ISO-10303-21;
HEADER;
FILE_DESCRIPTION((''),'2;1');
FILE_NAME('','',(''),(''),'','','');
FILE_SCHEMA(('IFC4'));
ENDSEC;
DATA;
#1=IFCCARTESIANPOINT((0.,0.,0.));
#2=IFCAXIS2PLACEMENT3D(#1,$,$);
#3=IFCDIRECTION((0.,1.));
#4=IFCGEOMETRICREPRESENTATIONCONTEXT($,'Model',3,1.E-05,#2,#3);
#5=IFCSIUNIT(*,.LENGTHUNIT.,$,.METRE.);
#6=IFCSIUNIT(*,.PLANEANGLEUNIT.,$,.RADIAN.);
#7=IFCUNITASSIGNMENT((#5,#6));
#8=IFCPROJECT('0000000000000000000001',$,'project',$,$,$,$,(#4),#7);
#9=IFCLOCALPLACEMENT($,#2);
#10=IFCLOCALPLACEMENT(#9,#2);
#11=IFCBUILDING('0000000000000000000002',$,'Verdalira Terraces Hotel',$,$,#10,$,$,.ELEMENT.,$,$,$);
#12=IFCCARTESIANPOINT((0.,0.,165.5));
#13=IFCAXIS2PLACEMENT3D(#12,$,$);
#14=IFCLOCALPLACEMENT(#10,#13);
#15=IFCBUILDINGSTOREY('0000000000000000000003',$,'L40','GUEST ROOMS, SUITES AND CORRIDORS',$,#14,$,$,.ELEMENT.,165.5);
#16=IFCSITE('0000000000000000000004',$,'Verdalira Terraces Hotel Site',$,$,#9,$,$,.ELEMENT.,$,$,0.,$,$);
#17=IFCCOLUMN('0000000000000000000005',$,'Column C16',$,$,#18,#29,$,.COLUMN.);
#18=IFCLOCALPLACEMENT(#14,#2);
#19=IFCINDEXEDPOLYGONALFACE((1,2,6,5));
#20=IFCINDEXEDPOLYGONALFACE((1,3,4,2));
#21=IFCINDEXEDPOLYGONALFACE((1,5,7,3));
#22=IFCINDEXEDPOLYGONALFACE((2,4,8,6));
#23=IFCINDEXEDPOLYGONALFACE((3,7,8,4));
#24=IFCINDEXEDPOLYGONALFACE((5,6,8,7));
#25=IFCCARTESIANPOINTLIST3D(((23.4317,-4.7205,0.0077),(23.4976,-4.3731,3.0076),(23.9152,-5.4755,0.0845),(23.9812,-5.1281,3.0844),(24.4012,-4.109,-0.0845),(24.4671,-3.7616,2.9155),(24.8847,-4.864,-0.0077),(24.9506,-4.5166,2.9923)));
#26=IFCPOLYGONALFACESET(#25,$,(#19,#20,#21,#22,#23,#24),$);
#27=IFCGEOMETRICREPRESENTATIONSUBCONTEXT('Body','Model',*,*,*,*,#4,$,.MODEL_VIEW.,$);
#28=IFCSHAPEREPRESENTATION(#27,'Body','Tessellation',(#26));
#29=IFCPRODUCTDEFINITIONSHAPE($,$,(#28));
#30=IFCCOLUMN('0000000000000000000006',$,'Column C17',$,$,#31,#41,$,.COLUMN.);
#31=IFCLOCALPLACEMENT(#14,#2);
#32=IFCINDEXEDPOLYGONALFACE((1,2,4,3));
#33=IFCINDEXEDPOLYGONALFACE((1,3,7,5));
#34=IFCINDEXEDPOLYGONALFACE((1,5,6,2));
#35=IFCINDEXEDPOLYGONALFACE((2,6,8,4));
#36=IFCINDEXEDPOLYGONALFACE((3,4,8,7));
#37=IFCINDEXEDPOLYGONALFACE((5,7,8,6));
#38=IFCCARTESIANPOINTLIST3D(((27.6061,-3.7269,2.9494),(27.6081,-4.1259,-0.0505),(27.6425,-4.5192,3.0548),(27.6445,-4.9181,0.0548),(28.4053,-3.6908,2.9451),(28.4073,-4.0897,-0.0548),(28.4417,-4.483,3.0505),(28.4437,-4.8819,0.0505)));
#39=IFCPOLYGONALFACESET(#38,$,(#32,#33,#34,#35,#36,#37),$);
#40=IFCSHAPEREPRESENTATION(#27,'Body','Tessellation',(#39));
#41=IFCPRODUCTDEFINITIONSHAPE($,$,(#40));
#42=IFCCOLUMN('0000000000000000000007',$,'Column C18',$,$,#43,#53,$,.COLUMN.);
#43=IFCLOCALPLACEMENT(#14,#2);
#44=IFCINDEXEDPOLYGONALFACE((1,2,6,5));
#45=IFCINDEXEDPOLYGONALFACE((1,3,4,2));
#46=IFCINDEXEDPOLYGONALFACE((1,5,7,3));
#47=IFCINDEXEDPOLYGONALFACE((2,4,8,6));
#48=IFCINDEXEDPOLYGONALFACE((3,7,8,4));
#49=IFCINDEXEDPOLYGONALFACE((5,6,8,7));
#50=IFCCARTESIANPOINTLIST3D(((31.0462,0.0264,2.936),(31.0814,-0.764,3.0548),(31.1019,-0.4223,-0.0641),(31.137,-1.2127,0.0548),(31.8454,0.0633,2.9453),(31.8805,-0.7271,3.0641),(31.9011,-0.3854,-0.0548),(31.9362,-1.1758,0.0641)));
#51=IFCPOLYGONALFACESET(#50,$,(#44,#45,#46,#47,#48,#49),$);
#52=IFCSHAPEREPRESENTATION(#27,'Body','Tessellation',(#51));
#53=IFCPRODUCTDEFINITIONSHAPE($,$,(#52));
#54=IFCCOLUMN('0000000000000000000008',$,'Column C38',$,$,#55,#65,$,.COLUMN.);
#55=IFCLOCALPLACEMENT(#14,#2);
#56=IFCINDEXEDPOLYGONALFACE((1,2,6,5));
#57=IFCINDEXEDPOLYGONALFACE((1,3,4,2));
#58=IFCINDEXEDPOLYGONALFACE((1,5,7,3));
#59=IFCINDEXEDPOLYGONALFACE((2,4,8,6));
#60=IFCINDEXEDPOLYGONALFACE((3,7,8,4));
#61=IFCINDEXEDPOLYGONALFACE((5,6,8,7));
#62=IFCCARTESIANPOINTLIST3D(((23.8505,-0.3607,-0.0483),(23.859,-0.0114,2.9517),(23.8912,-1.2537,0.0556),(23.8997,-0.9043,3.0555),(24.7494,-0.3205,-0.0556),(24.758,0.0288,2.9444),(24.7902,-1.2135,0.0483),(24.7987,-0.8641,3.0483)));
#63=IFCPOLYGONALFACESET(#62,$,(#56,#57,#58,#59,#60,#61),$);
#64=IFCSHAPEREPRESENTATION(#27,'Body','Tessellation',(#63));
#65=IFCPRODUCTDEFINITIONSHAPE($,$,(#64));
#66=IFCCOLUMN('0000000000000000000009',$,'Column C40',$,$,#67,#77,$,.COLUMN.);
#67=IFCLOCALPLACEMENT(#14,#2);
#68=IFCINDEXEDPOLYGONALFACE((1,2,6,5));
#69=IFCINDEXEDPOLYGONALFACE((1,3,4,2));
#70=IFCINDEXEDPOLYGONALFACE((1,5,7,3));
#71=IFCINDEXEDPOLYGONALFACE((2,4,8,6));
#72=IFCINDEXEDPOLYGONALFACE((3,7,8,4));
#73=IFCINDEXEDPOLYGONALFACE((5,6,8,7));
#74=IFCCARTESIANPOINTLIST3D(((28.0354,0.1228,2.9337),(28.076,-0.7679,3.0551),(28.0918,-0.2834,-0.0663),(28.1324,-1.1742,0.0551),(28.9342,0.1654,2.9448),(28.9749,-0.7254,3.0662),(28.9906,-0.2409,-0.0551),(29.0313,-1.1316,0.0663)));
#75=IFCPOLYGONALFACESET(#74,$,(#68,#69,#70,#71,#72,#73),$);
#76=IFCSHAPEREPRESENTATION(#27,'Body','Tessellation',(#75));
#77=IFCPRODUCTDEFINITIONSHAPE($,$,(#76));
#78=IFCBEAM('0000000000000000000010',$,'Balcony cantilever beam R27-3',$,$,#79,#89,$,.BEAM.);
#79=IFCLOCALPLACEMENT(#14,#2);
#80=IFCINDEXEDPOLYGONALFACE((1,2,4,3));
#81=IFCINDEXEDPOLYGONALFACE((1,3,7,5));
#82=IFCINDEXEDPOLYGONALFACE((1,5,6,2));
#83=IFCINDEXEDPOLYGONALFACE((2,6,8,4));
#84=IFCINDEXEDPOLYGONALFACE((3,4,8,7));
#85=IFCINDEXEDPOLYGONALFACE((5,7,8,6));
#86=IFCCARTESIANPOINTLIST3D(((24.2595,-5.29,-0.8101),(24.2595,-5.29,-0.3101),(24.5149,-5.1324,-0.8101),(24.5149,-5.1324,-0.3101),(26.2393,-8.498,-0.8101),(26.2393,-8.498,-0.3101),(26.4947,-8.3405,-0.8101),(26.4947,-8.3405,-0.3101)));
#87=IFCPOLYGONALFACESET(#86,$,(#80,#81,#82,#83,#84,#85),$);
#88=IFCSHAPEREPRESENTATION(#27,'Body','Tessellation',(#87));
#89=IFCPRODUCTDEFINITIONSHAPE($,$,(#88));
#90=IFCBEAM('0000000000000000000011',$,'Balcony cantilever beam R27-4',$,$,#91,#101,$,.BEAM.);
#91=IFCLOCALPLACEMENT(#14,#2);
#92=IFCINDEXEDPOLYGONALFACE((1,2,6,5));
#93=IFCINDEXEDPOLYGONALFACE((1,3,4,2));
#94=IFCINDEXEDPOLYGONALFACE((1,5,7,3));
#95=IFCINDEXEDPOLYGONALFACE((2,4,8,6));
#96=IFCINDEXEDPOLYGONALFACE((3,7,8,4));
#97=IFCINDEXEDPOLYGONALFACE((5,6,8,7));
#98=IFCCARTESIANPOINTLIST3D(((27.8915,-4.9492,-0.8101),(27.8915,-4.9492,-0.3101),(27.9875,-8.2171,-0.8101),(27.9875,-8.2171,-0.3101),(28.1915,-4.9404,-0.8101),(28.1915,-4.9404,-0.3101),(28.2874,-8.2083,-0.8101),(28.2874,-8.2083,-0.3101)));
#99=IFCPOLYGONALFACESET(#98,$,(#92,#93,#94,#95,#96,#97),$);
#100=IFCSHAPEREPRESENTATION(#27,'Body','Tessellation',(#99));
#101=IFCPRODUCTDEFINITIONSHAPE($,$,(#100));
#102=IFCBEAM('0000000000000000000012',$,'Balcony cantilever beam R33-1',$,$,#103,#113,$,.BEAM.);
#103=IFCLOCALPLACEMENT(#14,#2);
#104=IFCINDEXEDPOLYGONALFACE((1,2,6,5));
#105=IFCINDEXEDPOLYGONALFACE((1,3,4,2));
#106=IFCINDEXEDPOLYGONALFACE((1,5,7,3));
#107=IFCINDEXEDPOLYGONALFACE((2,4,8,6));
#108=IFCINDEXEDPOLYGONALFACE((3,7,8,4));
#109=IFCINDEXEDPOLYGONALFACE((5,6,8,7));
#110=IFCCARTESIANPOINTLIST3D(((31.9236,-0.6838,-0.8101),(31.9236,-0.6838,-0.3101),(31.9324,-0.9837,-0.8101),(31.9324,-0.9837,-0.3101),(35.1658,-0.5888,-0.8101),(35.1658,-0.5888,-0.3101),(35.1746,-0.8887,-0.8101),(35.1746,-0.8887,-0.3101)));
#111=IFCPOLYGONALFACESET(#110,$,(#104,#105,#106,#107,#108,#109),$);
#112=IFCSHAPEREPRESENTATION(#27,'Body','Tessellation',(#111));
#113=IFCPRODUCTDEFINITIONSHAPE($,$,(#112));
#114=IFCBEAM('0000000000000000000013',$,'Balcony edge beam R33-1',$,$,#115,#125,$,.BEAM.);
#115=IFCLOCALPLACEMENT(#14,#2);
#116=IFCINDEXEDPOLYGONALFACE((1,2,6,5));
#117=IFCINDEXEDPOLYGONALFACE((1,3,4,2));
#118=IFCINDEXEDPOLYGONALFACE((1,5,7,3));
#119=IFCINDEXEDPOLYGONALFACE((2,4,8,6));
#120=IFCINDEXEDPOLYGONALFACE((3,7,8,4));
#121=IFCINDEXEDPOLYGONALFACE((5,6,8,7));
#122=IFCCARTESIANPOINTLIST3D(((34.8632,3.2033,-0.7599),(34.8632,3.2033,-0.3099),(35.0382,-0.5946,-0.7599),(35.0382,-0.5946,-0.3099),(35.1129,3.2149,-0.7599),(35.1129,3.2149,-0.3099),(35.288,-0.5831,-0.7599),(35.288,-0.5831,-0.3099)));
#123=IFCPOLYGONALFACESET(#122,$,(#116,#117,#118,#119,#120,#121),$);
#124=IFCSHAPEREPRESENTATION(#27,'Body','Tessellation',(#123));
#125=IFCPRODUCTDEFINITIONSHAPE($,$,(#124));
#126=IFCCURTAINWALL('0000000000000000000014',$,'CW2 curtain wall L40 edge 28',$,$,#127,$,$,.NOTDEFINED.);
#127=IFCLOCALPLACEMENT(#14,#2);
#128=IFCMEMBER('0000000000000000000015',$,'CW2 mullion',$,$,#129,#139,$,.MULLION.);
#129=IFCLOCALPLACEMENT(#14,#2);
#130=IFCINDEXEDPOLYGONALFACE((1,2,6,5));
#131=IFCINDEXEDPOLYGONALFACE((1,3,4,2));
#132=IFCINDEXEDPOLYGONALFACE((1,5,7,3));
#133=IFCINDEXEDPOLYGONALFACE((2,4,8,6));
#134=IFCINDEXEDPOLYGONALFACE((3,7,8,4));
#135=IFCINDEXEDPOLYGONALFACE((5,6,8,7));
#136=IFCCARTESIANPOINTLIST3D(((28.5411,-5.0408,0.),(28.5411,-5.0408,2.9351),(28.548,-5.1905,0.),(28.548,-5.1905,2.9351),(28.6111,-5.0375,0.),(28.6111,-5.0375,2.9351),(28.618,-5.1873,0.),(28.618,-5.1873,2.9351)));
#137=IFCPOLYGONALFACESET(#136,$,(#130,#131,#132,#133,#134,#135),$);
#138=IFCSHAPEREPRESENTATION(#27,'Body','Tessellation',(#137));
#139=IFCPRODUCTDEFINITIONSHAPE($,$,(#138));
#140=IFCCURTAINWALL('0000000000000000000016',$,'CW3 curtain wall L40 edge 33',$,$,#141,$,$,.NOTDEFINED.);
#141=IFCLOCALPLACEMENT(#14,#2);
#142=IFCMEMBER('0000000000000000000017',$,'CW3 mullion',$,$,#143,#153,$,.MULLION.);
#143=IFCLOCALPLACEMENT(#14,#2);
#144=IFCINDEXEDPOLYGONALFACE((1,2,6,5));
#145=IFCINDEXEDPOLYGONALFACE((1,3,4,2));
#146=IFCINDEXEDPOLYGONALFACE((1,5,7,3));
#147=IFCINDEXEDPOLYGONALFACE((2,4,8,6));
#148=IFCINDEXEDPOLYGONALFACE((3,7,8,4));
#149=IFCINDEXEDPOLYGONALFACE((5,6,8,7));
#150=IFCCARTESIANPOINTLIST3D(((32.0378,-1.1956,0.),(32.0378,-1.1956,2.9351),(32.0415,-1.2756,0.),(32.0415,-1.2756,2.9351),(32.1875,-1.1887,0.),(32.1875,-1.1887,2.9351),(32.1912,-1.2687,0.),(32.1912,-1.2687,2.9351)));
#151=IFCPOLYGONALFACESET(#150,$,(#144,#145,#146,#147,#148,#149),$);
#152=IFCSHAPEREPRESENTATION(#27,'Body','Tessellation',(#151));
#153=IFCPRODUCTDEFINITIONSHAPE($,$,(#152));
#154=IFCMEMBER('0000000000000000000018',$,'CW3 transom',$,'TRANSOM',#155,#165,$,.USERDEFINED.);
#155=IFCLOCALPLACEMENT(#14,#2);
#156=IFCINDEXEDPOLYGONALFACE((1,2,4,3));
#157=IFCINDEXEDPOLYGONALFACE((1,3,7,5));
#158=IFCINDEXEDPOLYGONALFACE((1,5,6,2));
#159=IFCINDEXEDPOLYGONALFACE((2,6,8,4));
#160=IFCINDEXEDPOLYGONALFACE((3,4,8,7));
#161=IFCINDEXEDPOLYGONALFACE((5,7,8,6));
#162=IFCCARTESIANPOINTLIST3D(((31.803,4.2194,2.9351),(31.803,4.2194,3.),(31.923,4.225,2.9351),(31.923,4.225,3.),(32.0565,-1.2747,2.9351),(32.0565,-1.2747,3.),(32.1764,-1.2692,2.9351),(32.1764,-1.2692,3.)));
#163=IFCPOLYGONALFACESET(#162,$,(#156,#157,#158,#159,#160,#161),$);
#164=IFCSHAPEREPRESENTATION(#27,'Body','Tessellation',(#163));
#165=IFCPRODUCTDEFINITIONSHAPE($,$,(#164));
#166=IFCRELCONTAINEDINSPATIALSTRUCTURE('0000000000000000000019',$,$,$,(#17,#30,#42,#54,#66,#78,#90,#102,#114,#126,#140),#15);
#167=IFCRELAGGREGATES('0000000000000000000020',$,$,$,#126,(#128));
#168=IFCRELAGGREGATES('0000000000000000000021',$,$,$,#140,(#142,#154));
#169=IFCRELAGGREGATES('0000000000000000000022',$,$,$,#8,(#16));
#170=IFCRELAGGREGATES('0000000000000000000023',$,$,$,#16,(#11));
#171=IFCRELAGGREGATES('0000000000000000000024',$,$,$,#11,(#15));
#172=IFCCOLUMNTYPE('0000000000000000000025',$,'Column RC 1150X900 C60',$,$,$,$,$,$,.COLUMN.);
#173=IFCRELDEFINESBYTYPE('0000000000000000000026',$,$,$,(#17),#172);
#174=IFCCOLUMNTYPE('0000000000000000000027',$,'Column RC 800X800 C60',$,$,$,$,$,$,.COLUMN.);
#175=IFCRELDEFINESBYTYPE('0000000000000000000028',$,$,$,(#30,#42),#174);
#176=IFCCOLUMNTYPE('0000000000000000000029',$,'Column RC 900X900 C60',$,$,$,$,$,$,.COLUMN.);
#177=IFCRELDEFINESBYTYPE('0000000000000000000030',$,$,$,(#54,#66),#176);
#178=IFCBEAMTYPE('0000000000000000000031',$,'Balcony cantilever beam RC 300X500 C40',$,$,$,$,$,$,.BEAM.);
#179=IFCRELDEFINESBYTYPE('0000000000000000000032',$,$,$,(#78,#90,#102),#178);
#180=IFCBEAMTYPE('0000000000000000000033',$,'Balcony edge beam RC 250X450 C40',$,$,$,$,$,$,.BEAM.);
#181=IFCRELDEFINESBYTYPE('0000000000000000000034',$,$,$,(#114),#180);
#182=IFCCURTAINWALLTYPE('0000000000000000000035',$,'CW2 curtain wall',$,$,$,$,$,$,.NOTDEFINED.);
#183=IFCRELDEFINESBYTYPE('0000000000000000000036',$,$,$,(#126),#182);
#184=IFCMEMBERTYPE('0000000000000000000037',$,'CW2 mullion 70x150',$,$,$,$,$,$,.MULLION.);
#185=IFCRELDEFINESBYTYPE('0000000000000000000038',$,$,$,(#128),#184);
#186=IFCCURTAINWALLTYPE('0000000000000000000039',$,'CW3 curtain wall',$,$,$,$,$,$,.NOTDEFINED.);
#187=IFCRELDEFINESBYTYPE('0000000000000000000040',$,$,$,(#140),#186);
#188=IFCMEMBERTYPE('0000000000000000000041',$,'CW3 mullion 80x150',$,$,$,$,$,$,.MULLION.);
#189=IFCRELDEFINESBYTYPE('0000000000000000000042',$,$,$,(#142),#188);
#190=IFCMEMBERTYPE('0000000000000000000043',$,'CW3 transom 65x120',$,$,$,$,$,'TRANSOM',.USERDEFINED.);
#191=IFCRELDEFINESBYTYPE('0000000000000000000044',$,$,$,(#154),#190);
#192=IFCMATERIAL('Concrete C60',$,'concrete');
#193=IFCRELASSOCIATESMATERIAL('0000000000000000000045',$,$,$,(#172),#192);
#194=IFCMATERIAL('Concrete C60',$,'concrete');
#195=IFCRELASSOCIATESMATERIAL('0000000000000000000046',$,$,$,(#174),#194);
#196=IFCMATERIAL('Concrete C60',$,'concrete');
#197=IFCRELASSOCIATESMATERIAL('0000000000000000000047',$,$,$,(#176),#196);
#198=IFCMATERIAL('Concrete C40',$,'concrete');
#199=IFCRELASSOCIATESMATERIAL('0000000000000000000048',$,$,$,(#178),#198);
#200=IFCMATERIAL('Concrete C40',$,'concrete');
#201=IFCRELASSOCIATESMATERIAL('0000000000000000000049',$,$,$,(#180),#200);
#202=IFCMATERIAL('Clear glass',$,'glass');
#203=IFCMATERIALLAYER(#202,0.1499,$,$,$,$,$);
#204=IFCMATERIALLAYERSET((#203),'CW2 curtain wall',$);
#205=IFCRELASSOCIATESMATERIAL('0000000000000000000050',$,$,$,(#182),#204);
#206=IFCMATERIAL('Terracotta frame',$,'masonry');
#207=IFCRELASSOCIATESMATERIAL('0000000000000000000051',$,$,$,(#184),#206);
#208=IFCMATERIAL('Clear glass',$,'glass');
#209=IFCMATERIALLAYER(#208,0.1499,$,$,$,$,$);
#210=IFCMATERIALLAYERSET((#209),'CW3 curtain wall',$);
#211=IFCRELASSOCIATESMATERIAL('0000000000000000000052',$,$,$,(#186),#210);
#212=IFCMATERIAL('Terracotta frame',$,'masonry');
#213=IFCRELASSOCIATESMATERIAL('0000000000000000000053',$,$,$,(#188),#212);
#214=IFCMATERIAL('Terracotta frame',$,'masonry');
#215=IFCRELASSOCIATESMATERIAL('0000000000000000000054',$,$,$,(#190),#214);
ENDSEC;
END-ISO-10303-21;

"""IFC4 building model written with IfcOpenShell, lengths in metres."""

from ifc_helpers import new_model, si_unit, direction, frame, origin, origin_2d, place, context, subcontext, project, spatial, rectangle, extrude, material, layer, layer_set, material_profile, profile_set, type_object, element, aggregate, save


model = new_model("IFC4")

# Units and contexts
model_context = context("Model", 3, precision=1e-05, world=origin(), true_north=direction((0.0, 1.0)))
body_context = subcontext(model_context, "Body", "Model", "MODEL_VIEW")
ifc_project = project(units=[si_unit("LENGTHUNIT", "METRE"), si_unit("PLANEANGLEUNIT", "RADIAN")], contexts=[model_context])

# Site, building, storey
site_placement = place(None, origin())
site = spatial("IfcSite", under=ifc_project, at=site_placement, Name="Verdalira Terraces Hotel Site", CompositionType="ELEMENT", RefElevation=0.0)
building_placement = place(site_placement, origin())
building = spatial("IfcBuilding", under=site, at=building_placement, Name="Verdalira Terraces Hotel", CompositionType="ELEMENT")
storey_placement = place(building_placement, frame((0.0, 0.0, 165.5)))
storey = spatial("IfcBuildingStorey", under=building, at=storey_placement, Name="L40", Description="GUEST ROOMS, SUITES AND CORRIDORS", CompositionType="ELEMENT", Elevation=165.5)

# Columns
ifc_material_1 = material(Name="Concrete C60", Category="concrete")
ifc_material_profile_1 = material_profile(ifc_material_1, rectangle(XDim=1.1499, YDim=0.8999, at=origin_2d()), Name="RC 1150X900")
ifc_profile_set_1 = profile_set([ifc_material_profile_1], Name="Concrete C60")
column_type_1 = type_object("IfcColumnType", Name="Column RC 1150X900 C60", PredefinedType="COLUMN", material=ifc_profile_set_1)
column_1_placement = place(storey_placement, frame((24.1582, -4.7922, 0.0), z_axis=(0.021822, 0.115008, 0.993125), x_axis=(-0.843083, -0.531784, 0.080107)))
element("IfcColumn", 1, at=column_1_placement, inside=storey, type_object=column_type_1, Name="Column C16", PredefinedType="COLUMN", context=body_context, shape_type="SweptSolid", body=[
    extrude(rectangle(XDim=1.1499, YDim=0.8999, at=origin_2d()), origin(), (0.0, 0.0, 1.0), 3.0208),
])
ifc_material_2 = material(Name="Concrete C60", Category="concrete")
ifc_material_profile_2 = material_profile(ifc_material_2, rectangle(XDim=0.8, YDim=0.8, at=origin_2d()), Name="RC 800X800")
ifc_profile_set_2 = profile_set([ifc_material_profile_2], Name="Concrete C60")
column_type_2 = type_object("IfcColumnType", Name="Column RC 800X800 C60", PredefinedType="COLUMN", material=ifc_profile_set_2)
column_2_placement = place(storey_placement, frame((28.0259, -4.5039, 0.0), z_axis=(-0.000645, 0.131815, 0.991274), x_axis=(0.998963, 0.045211, -0.005362)))
element("IfcColumn", 2, at=column_2_placement, inside=storey, type_object=column_type_2, Name="Column C17", PredefinedType="COLUMN", context=body_context, shape_type="SweptSolid", body=[
    extrude(rectangle(XDim=0.8, YDim=0.8, at=origin_2d()), origin(), (0.0, 0.0, 1.0), 3.0264),
])
column_3_placement = place(storey_placement, frame((31.519, -0.7991, 0.0), z_axis=(-0.018347, 0.147906, 0.988831), x_axis=(-0.043896, 0.987925, -0.148585)))
element("IfcColumn", 3, at=column_3_placement, inside=storey, type_object=column_type_2, Name="Column C18", PredefinedType="COLUMN", context=body_context, shape_type="SweptSolid", body=[
    extrude(rectangle(XDim=0.8, YDim=0.8, at=origin_2d()), origin(), (0.0, 0.0, 1.0), 3.0339),
])
ifc_material_3 = material(Name="Concrete C60", Category="concrete")
ifc_material_profile_3 = material_profile(ifc_material_3, rectangle(XDim=0.8999, YDim=0.8999, at=origin_2d()), Name="RC 900X900")
ifc_profile_set_3 = profile_set([ifc_material_profile_3], Name="Concrete C60")
column_type_3 = type_object("IfcColumnType", Name="Column RC 900X900 C60", PredefinedType="COLUMN", material=ifc_profile_set_3)
column_4_placement = place(storey_placement, frame((24.3203, -0.7871, 0.0), z_axis=(0.002829, 0.115673, 0.993283), x_axis=(0.998971, 0.044645, -0.008045)))
element("IfcColumn", 4, at=column_4_placement, inside=storey, type_object=column_type_3, Name="Column C38", PredefinedType="COLUMN", context=body_context, shape_type="SweptSolid", body=[
    extrude(rectangle(XDim=0.8999, YDim=0.8999, at=origin_2d()), origin(), (0.0, 0.0, 1.0), 3.0203),
])
column_5_placement = place(storey_placement, frame((28.5615, -0.7075, 0.0), z_axis=(-0.018626, 0.134169, 0.990783), x_axis=(0.998805, 0.047273, 0.012375)))
element("IfcColumn", 5, at=column_5_placement, inside=storey, type_object=column_type_3, Name="Column C40", PredefinedType="COLUMN", context=body_context, shape_type="SweptSolid", body=[
    extrude(rectangle(XDim=0.8999, YDim=0.8999, at=origin_2d()), origin(), (0.0, 0.0, 1.0), 3.0278),
])

# Beams
ifc_material_4 = material(Name="Concrete C40", Category="concrete")
ifc_material_profile_4 = material_profile(ifc_material_4, rectangle(XDim=0.3, YDim=0.5, at=origin_2d()), Name="RC 300X500")
ifc_profile_set_4 = profile_set([ifc_material_profile_4], Name="Concrete C40")
beam_type_1 = type_object("IfcBeamType", Name="Balcony cantilever beam RC 300X500 C40", PredefinedType="BEAM", material=ifc_profile_set_4)
beam_1_placement = place(storey_placement, frame((24.3872, -5.2112, -0.5601), z_axis=(0.52517, -0.850997, 0.0), x_axis=(0.850997, 0.52517, 0.0)))
element("IfcBeam", 6, at=beam_1_placement, inside=storey, type_object=beam_type_1, Name="Balcony cantilever beam R27-3", PredefinedType="BEAM", context=body_context, shape_type="SweptSolid", body=[
    extrude(rectangle(XDim=0.3, YDim=0.5, at=origin_2d()), origin(), (0.0, 0.0, 1.0), 3.7698),
])
beam_2_placement = place(storey_placement, frame((28.0415, -4.9448, -0.5601), z_axis=(0.029349, -0.999569, 0.0), x_axis=(0.999569, 0.029349, 0.0)))
element("IfcBeam", 7, at=beam_2_placement, inside=storey, type_object=beam_type_1, Name="Balcony cantilever beam R27-4", PredefinedType="BEAM", context=body_context, shape_type="SweptSolid", body=[
    extrude(rectangle(XDim=0.3, YDim=0.5, at=origin_2d()), origin(), (0.0, 0.0, 1.0), 3.2693),
])
beam_3_placement = place(storey_placement, frame((31.928, -0.8337, -0.5601), z_axis=(0.999571, 0.02928, 0.0), x_axis=(-0.02928, 0.999571, 0.0)))
element("IfcBeam", 8, at=beam_3_placement, inside=storey, type_object=beam_type_1, Name="Balcony cantilever beam R33-1", PredefinedType="BEAM", context=body_context, shape_type="SweptSolid", body=[
    extrude(rectangle(XDim=0.3, YDim=0.5, at=origin_2d()), origin(), (0.0, 0.0, 1.0), 3.2437),
])
ifc_material_5 = material(Name="Concrete C40", Category="concrete")
ifc_material_profile_5 = material_profile(ifc_material_5, rectangle(XDim=0.25, YDim=0.45, at=origin_2d()), Name="RC 250X450")
ifc_profile_set_5 = profile_set([ifc_material_profile_5], Name="Concrete C40")
beam_type_2 = type_object("IfcBeamType", Name="Balcony edge beam RC 250X450 C40", PredefinedType="BEAM", material=ifc_profile_set_5)
beam_4_placement = place(storey_placement, frame((35.1631, -0.5889, -0.5349), z_axis=(-0.046043, 0.998939, 0.0), x_axis=(-0.998939, -0.046043, 0.0)))
element("IfcBeam", 9, at=beam_4_placement, inside=storey, type_object=beam_type_2, Name="Balcony edge beam R33-1", PredefinedType="BEAM", context=body_context, shape_type="SweptSolid", body=[
    extrude(rectangle(XDim=0.25, YDim=0.45, at=origin_2d()), origin(), (0.0, 0.0, 1.0), 3.802),
])

# Curtain wall, member
ifc_material_6 = material(Name="Clear glass", Category="glass")
ifc_layer_1 = layer(ifc_material_6, 0.1499)
ifc_layer_set_1 = layer_set([ifc_layer_1], Name="CW2 curtain wall")
curtain_wall_type_1 = type_object("IfcCurtainWallType", Name="CW2 curtain wall", PredefinedType="NOTDEFINED", material=ifc_layer_set_1)
curtain_wall_1_placement = place(storey_placement, origin())
curtain_wall_1 = element("IfcCurtainWall", 10, at=curtain_wall_1_placement, inside=storey, type_object=curtain_wall_type_1, Name="CW2 curtain wall L40 edge 28", PredefinedType="NOTDEFINED")
ifc_material_7 = material(Name="Terracotta frame", Category="masonry")
ifc_material_profile_6 = material_profile(ifc_material_7, rectangle(XDim=0.0701, YDim=0.1499, at=origin_2d()), Name="MU 70x150")
ifc_profile_set_6 = profile_set([ifc_material_profile_6], Name="Terracotta frame")
member_type_1 = type_object("IfcMemberType", Name="CW2 mullion 70x150", PredefinedType="MULLION", material=ifc_profile_set_6)
member_1_placement = place(storey_placement, frame((28.5796, -5.114, 0.0), z_axis=(0.0, 0.0, 1.0), x_axis=(0.998939, 0.04606, 0.0)))
member_1 = element("IfcMember", 11, at=member_1_placement, type_object=member_type_1, Name="CW2 mullion", PredefinedType="MULLION", context=body_context, shape_type="SweptSolid", body=[
    extrude(rectangle(XDim=0.0701, YDim=0.1499, at=origin_2d()), origin(), (0.0, 0.0, 1.0), 2.9351),
])

# Curtain wall, members
ifc_material_8 = material(Name="Clear glass", Category="glass")
ifc_layer_2 = layer(ifc_material_8, 0.1499)
ifc_layer_set_2 = layer_set([ifc_layer_2], Name="CW3 curtain wall")
curtain_wall_type_2 = type_object("IfcCurtainWallType", Name="CW3 curtain wall", PredefinedType="NOTDEFINED", material=ifc_layer_set_2)
curtain_wall_2_placement = place(storey_placement, origin())
curtain_wall_2 = element("IfcCurtainWall", 12, at=curtain_wall_2_placement, inside=storey, type_object=curtain_wall_type_2, Name="CW3 curtain wall L40 edge 33", PredefinedType="NOTDEFINED")
ifc_material_9 = material(Name="Terracotta frame", Category="masonry")
ifc_material_profile_7 = material_profile(ifc_material_9, rectangle(XDim=0.0801, YDim=0.1499, at=origin_2d()), Name="MU 80x150")
ifc_profile_set_7 = profile_set([ifc_material_profile_7], Name="Terracotta frame")
member_type_2 = type_object("IfcMemberType", Name="CW3 mullion 80x150", PredefinedType="MULLION", material=ifc_profile_set_7)
member_2_placement = place(storey_placement, frame((32.1145, -1.2322, 0.0), z_axis=(0.0, 0.0, 1.0), x_axis=(-0.04606, 0.998939, 0.0)))
member_2 = element("IfcMember", 13, at=member_2_placement, type_object=member_type_2, Name="CW3 mullion", PredefinedType="MULLION", context=body_context, shape_type="SweptSolid", body=[
    extrude(rectangle(XDim=0.0801, YDim=0.1499, at=origin_2d()), origin(), (0.0, 0.0, 1.0), 2.9351),
])
ifc_material_10 = material(Name="Terracotta frame", Category="masonry")
ifc_material_profile_8 = material_profile(ifc_material_10, rectangle(XDim=0.1201, YDim=0.0649, at=origin_2d()), Name="TR 65x120")
ifc_profile_set_8 = profile_set([ifc_material_profile_8], Name="Terracotta frame")
member_type_3 = type_object("IfcMemberType", Name="CW3 transom 65x120", ElementType="TRANSOM", PredefinedType="USERDEFINED", material=ifc_profile_set_8)
member_3_placement = place(storey_placement, frame((32.1165, -1.272, 2.9675), z_axis=(-0.046076, 0.998938, 0.0), x_axis=(-0.998938, -0.046076, 0.0)))
member_3 = element("IfcMember", 14, at=member_3_placement, type_object=member_type_3, Name="CW3 transom", ObjectType="TRANSOM", PredefinedType="USERDEFINED", context=body_context, shape_type="SweptSolid", body=[
    extrude(rectangle(XDim=0.1201, YDim=0.0649, at=origin_2d()), origin(), (0.0, 0.0, 1.0), 5.5),
])

aggregate(curtain_wall_1, [member_1])
aggregate(curtain_wall_2, [member_2, member_3])

save(model, "model.ifc")
